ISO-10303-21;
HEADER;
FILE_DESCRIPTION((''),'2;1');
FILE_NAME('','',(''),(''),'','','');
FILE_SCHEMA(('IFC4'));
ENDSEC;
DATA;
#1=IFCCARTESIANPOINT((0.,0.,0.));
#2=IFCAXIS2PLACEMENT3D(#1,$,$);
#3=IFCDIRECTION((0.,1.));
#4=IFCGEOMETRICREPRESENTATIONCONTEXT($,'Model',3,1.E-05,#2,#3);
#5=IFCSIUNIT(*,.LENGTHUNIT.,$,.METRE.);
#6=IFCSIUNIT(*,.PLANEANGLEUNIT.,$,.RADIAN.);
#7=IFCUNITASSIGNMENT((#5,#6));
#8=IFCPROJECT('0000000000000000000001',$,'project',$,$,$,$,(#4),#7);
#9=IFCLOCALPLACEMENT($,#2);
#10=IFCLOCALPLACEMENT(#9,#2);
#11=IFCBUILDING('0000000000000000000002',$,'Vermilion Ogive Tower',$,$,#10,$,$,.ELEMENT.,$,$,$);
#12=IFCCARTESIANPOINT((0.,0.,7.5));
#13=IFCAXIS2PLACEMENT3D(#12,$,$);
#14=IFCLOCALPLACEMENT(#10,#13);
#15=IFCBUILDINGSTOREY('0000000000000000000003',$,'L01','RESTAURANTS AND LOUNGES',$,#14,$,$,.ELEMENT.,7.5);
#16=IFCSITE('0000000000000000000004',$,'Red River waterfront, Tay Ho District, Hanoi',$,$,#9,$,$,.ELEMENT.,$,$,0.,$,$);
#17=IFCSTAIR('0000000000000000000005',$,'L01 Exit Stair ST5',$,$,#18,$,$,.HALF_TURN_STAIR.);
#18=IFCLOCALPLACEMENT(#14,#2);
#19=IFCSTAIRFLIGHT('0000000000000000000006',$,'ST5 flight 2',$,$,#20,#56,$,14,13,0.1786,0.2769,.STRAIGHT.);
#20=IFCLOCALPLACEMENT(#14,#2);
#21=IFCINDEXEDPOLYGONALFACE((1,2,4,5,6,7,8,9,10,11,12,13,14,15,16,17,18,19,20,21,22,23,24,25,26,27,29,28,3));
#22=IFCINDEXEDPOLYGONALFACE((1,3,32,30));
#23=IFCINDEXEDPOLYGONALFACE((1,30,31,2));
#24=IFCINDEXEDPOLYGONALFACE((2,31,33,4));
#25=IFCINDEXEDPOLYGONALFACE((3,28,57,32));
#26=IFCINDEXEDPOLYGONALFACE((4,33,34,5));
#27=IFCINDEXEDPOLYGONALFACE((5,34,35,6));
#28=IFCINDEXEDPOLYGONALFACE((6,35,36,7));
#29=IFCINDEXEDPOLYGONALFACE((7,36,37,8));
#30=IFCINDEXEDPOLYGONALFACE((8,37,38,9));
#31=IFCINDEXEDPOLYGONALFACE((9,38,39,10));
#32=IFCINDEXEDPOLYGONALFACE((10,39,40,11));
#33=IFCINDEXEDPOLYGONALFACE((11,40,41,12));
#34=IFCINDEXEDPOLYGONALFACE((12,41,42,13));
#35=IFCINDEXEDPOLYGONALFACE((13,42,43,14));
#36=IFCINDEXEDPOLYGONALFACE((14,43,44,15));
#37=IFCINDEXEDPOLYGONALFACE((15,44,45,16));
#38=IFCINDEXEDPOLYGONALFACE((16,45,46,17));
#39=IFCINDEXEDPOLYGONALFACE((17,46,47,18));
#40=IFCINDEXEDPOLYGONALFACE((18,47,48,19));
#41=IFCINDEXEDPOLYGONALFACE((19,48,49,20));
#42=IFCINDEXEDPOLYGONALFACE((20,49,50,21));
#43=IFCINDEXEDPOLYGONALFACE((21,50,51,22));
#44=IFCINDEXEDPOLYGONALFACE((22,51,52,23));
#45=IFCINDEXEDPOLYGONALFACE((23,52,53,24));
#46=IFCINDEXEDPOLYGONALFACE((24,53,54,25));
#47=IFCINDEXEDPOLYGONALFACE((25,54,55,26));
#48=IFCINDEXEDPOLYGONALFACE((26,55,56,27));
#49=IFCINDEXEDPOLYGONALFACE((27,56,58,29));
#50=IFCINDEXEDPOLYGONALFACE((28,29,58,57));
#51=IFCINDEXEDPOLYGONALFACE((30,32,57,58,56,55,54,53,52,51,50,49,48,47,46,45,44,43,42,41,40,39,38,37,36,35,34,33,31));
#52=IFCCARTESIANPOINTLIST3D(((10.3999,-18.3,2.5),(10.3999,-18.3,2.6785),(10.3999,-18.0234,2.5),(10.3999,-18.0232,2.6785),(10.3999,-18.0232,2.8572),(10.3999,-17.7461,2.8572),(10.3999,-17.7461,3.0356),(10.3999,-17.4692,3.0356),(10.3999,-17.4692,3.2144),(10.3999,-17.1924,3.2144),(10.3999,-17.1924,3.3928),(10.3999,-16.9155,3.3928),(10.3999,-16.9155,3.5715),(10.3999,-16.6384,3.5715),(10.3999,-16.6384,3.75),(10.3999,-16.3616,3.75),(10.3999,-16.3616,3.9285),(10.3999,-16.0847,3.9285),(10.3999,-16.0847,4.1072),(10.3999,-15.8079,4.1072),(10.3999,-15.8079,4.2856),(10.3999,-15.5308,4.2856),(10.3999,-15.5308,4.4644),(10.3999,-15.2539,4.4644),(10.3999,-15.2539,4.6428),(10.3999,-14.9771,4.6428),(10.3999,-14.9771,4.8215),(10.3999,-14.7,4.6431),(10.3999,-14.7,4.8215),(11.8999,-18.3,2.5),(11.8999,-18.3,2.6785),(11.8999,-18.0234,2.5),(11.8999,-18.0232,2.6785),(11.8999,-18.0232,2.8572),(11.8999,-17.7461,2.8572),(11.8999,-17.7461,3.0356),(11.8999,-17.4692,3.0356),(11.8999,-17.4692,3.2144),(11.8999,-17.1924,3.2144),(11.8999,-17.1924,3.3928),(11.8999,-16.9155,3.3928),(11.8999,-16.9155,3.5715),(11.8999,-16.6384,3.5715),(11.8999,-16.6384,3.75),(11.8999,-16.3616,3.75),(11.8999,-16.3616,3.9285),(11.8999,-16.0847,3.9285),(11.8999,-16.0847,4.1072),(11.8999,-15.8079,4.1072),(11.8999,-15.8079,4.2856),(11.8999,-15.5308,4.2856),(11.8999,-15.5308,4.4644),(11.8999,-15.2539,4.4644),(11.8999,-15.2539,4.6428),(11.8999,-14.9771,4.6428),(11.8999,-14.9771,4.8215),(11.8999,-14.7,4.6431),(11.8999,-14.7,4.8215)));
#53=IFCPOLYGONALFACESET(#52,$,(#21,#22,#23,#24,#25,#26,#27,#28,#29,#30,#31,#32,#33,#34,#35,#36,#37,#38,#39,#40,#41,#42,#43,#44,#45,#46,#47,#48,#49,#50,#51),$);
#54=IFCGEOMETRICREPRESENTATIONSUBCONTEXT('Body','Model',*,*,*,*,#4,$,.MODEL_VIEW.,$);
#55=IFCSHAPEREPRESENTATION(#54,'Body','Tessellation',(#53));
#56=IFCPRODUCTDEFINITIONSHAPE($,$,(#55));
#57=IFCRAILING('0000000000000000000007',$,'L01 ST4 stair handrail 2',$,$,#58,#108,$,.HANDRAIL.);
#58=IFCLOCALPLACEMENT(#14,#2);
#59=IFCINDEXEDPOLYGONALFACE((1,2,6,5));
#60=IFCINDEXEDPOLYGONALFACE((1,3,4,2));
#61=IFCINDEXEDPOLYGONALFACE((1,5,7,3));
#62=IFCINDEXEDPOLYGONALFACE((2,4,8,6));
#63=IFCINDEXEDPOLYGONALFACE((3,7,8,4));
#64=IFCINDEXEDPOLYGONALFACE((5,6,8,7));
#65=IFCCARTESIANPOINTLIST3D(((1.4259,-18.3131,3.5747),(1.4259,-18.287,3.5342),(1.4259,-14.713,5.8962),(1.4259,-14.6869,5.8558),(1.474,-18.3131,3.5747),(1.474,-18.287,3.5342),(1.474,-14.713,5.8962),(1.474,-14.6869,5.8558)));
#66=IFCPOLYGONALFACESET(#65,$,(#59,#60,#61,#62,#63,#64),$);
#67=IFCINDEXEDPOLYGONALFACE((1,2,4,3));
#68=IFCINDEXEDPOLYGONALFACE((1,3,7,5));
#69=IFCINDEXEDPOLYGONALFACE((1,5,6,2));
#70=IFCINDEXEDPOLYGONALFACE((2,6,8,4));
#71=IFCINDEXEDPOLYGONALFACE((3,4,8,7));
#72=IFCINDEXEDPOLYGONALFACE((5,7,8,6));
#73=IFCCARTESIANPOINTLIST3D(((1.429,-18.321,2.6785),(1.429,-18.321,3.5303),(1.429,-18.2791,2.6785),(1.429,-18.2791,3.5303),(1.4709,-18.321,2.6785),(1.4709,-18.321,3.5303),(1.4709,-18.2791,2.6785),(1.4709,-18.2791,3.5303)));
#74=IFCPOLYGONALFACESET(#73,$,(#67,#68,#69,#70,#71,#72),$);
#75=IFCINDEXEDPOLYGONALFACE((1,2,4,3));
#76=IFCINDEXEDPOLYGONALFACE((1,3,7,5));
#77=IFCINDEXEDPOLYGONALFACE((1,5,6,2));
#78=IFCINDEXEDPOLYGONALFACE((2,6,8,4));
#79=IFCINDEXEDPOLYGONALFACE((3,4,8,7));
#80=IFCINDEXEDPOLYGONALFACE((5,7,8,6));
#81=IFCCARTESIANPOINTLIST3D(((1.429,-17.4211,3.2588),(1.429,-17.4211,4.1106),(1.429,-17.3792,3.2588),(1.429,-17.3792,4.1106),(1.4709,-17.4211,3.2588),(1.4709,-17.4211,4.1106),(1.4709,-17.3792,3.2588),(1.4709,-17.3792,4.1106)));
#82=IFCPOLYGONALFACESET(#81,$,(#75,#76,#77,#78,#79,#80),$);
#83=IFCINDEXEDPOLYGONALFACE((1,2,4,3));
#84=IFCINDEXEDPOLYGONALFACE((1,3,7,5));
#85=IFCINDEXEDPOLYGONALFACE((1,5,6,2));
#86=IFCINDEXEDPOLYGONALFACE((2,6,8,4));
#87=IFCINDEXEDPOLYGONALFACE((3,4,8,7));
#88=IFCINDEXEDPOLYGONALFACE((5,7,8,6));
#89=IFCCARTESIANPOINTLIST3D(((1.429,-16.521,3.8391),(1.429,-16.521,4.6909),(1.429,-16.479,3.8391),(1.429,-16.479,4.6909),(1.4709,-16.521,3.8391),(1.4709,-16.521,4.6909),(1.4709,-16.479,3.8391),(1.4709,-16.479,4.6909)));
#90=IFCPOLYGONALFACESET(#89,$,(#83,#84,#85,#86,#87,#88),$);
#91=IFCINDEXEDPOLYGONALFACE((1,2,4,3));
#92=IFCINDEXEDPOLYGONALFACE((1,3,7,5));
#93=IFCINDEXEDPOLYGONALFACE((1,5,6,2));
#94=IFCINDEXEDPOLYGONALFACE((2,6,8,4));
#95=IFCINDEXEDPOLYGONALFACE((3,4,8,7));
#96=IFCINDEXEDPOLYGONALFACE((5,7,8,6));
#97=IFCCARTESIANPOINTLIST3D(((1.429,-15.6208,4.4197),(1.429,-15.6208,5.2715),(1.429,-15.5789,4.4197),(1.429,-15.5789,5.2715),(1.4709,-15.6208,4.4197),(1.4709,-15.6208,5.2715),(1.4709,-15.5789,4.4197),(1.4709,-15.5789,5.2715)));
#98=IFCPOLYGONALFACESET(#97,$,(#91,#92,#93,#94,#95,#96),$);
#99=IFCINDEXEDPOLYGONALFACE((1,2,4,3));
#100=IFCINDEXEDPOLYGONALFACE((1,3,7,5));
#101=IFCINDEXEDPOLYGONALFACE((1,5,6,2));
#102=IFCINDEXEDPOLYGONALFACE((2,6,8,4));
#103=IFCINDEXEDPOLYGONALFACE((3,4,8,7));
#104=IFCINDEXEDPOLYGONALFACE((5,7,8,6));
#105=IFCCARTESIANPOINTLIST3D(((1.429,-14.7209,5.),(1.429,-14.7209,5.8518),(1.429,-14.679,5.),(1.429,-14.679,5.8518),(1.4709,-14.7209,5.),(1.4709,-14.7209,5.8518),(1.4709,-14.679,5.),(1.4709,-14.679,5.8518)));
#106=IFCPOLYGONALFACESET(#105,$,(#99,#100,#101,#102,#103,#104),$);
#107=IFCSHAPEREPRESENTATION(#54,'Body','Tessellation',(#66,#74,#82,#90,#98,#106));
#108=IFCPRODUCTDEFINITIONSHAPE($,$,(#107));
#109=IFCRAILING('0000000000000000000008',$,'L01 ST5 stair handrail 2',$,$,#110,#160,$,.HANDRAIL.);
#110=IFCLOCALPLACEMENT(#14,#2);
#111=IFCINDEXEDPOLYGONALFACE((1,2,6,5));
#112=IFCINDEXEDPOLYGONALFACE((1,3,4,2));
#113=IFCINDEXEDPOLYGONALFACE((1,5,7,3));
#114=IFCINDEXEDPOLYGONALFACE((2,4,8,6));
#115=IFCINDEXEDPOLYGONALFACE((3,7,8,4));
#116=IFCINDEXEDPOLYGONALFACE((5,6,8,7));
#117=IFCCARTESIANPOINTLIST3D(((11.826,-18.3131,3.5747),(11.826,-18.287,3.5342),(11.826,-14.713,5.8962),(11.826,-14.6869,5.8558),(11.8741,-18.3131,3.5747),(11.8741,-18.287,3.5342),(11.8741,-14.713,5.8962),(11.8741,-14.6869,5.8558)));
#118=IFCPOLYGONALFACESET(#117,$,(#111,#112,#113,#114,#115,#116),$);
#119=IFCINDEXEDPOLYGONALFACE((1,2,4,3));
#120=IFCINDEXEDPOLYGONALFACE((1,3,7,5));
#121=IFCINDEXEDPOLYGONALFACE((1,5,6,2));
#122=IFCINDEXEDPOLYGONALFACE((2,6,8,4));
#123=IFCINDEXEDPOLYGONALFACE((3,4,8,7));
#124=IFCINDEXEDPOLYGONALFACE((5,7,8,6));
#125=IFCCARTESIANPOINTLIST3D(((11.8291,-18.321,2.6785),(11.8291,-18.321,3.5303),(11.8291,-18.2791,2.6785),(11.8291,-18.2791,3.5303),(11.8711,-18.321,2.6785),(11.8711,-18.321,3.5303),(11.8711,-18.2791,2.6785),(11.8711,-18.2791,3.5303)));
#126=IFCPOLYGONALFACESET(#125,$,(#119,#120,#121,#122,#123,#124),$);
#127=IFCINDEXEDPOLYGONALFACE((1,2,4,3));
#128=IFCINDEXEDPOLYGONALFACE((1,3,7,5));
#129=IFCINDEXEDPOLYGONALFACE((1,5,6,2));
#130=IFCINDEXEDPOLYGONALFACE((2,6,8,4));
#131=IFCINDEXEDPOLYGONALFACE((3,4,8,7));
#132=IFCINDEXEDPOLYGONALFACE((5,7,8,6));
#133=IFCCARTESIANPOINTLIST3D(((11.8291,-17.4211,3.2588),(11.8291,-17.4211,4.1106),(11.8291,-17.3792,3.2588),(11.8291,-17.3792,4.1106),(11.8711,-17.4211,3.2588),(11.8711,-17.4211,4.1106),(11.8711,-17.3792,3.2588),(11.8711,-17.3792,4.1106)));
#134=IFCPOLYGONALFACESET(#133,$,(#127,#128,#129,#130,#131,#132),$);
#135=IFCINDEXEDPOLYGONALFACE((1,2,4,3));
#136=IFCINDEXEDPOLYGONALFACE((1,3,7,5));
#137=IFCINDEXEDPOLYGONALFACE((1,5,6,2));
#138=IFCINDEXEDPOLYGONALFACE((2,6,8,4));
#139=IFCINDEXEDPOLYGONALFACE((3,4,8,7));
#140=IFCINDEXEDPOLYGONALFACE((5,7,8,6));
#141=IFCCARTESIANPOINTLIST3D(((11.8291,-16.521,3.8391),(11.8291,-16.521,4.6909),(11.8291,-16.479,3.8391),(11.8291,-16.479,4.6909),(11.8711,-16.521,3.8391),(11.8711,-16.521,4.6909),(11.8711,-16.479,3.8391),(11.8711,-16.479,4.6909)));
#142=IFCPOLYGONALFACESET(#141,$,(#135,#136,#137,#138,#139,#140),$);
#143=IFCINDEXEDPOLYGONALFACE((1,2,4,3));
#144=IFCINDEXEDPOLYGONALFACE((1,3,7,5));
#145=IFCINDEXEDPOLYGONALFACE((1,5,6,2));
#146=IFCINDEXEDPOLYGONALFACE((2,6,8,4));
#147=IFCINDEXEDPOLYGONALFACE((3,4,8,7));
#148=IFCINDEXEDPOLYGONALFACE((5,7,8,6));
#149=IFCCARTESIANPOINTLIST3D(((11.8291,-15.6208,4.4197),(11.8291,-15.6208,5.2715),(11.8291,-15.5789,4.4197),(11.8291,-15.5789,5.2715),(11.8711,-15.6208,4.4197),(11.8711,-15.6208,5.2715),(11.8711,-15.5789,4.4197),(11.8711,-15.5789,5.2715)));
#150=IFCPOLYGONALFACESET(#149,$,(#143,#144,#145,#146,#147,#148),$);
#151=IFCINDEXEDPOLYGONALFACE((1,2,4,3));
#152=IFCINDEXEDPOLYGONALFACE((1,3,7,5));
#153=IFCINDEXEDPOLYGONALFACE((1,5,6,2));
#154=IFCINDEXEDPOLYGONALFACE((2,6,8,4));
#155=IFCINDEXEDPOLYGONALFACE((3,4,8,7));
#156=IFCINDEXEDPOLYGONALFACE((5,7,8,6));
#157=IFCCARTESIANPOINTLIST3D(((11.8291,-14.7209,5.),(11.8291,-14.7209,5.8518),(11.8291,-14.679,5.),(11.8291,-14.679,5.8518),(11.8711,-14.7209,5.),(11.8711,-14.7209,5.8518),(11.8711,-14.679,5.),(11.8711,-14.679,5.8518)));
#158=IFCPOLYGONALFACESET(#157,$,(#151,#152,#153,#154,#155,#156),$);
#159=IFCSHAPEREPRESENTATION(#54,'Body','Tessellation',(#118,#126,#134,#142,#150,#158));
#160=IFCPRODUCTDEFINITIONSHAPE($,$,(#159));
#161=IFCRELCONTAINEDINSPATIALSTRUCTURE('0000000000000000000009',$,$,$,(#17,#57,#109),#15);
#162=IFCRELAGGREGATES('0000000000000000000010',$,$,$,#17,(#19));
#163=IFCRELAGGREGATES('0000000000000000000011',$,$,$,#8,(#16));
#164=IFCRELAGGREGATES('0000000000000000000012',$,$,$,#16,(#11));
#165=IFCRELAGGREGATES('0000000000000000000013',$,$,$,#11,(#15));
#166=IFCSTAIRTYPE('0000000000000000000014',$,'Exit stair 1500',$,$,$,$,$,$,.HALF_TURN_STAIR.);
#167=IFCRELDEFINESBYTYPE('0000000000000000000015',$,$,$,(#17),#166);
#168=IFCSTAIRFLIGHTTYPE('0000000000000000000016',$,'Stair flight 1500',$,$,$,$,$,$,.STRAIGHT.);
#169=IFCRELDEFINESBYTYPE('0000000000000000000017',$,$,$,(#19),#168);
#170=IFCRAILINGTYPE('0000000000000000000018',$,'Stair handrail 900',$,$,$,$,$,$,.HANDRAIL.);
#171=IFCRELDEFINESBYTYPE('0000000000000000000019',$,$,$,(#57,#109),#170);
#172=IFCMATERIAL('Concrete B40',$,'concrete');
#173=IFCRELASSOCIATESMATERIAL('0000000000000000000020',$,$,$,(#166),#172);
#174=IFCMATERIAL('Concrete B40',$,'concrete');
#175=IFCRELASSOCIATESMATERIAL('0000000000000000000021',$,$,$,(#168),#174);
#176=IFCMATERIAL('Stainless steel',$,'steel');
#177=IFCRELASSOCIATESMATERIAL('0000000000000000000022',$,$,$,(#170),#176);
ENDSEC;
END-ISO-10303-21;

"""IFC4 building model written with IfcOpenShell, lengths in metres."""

from ifc_helpers import new_model, si_unit, direction, frame, origin, origin_2d, place, context, subcontext, project, spatial, polyline, rectangle, outline, extrude, material, type_object, element, aggregate, save


model = new_model("IFC4")

# Units and contexts
model_context = context("Model", 3, precision=1e-05, world=origin(), true_north=direction((0.0, 1.0)))
body_context = subcontext(model_context, "Body", "Model", "MODEL_VIEW")
ifc_project = project(units=[si_unit("LENGTHUNIT", "METRE"), si_unit("PLANEANGLEUNIT", "RADIAN")], contexts=[model_context])

# Site, building, storey
site_placement = place(None, origin())
site = spatial("IfcSite", under=ifc_project, at=site_placement, Name="Red River waterfront, Tay Ho District, Hanoi", CompositionType="ELEMENT", RefElevation=0.0)
building_placement = place(site_placement, origin())
building = spatial("IfcBuilding", under=site, at=building_placement, Name="Vermilion Ogive Tower", CompositionType="ELEMENT")
storey_placement = place(building_placement, frame((0.0, 0.0, 7.5)))
storey = spatial("IfcBuildingStorey", under=building, at=storey_placement, Name="L01", Description="RESTAURANTS AND LOUNGES", CompositionType="ELEMENT", Elevation=7.5)

# Stair, stair flight
ifc_material_1 = material(Name="Concrete B40", Category="concrete")
stair_type = type_object("IfcStairType", Name="Exit stair 1500", PredefinedType="HALF_TURN_STAIR", material=ifc_material_1)
ifc_material_2 = material(Name="Concrete B40", Category="concrete")
stair_flight_type = type_object("IfcStairFlightType", Name="Stair flight 1500", PredefinedType="STRAIGHT", material=ifc_material_2)
stair_1_placement = place(storey_placement, origin())
stair_1 = element("IfcStair", 1, at=stair_1_placement, inside=storey, type_object=stair_type, Name="L01 Exit Stair ST5", PredefinedType="HALF_TURN_STAIR")
stair_flight_1_placement = place(storey_placement, frame((11.1499, -18.3, 2.5), z_axis=(0.0, 0.0, 1.0), x_axis=(0.0, 1.0, 0.0)))
stair_flight_1 = element("IfcStairFlight", 2, at=stair_flight_1_placement, type_object=stair_flight_type, Name="ST5 flight 2", NumberOfRisers=14, NumberOfTreads=13, PredefinedType="STRAIGHT", RiserHeight=0.1786, TreadLength=0.2769, context=body_context, shape_type="SweptSolid", body=[
    extrude(outline(polyline([(0.0, 0.0), (0.0, 0.1785), (0.2769, 0.1785), (0.2769, 0.3572), (0.554, 0.3572), (0.554, 0.5356), (0.8308, 0.5356), (0.8308, 0.7144), (1.1077, 0.7144), (1.1077, 0.8928), (1.3845, 0.8928), (1.3845, 1.0715), (1.6616, 1.0715), (1.6616, 1.25), (1.9385, 1.25), (1.9385, 1.4285), (2.2153, 1.4285), (2.2153, 1.6072), (2.4922, 1.6072), (2.4922, 1.7856), (2.7693, 1.7856), (2.7693, 1.9644), (3.0461, 1.9644), (3.0461, 2.1428), (3.323, 2.1428), (3.323, 2.3215), (3.6001, 2.3215), (3.6001, 2.5), (3.6001, 2.1431), (0.2766, 0.0), (0.0, 0.0)])), frame((0.0, 0.75, 0.0), z_axis=(0.0, -1.0, 0.0), x_axis=(1.0, 0.0, 0.0)), (0.0, 0.0, 1.0), 1.5),
])
aggregate(stair_1, [stair_flight_1])

# Railings
ifc_material_3 = material(Name="Stainless steel", Category="steel")
railing_type = type_object("IfcRailingType", Name="Stair handrail 900", PredefinedType="HANDRAIL", material=ifc_material_3)
for number, where, name in (
    (3, (1.45, -18.3, 2.6785), "L01 ST4 stair handrail 2"),
    (4, (11.8501, -18.3, 2.6785), "L01 ST5 stair handrail 2"),
):
    element("IfcRailing", number, at=place(storey_placement, frame(where)), inside=storey, type_object=railing_type, Name=name, PredefinedType="HANDRAIL", context=body_context, shape_type="SweptSolid", body=[
        extrude(rectangle(XDim=0.0481, YDim=0.0481, at=origin_2d()), frame((0.0, 0.0, 0.876), z_axis=(0.0, 0.840415, 0.541944), x_axis=(-1.0, 0.0, 0.0)), (0.0, 0.0, 1.0), 4.2837),
        extrude(rectangle(XDim=0.042, YDim=0.042, at=origin_2d()), origin(), (0.0, 0.0, 1.0), 0.8518),
        extrude(rectangle(XDim=0.042, YDim=0.042, at=origin_2d()), frame((0.0, 0.8999, 0.5803)), (0.0, 0.0, 1.0), 0.8518),
        extrude(rectangle(XDim=0.042, YDim=0.042, at=origin_2d()), frame((0.0, 1.8, 1.1606)), (0.0, 0.0, 1.0), 0.8518),
        extrude(rectangle(XDim=0.042, YDim=0.042, at=origin_2d()), frame((0.0, 2.7002, 1.7412)), (0.0, 0.0, 1.0), 0.8518),
        extrude(rectangle(XDim=0.042, YDim=0.042, at=origin_2d()), frame((0.0, 3.6001, 2.3215)), (0.0, 0.0, 1.0), 0.8518),
    ])

save(model, "model.ifc")
